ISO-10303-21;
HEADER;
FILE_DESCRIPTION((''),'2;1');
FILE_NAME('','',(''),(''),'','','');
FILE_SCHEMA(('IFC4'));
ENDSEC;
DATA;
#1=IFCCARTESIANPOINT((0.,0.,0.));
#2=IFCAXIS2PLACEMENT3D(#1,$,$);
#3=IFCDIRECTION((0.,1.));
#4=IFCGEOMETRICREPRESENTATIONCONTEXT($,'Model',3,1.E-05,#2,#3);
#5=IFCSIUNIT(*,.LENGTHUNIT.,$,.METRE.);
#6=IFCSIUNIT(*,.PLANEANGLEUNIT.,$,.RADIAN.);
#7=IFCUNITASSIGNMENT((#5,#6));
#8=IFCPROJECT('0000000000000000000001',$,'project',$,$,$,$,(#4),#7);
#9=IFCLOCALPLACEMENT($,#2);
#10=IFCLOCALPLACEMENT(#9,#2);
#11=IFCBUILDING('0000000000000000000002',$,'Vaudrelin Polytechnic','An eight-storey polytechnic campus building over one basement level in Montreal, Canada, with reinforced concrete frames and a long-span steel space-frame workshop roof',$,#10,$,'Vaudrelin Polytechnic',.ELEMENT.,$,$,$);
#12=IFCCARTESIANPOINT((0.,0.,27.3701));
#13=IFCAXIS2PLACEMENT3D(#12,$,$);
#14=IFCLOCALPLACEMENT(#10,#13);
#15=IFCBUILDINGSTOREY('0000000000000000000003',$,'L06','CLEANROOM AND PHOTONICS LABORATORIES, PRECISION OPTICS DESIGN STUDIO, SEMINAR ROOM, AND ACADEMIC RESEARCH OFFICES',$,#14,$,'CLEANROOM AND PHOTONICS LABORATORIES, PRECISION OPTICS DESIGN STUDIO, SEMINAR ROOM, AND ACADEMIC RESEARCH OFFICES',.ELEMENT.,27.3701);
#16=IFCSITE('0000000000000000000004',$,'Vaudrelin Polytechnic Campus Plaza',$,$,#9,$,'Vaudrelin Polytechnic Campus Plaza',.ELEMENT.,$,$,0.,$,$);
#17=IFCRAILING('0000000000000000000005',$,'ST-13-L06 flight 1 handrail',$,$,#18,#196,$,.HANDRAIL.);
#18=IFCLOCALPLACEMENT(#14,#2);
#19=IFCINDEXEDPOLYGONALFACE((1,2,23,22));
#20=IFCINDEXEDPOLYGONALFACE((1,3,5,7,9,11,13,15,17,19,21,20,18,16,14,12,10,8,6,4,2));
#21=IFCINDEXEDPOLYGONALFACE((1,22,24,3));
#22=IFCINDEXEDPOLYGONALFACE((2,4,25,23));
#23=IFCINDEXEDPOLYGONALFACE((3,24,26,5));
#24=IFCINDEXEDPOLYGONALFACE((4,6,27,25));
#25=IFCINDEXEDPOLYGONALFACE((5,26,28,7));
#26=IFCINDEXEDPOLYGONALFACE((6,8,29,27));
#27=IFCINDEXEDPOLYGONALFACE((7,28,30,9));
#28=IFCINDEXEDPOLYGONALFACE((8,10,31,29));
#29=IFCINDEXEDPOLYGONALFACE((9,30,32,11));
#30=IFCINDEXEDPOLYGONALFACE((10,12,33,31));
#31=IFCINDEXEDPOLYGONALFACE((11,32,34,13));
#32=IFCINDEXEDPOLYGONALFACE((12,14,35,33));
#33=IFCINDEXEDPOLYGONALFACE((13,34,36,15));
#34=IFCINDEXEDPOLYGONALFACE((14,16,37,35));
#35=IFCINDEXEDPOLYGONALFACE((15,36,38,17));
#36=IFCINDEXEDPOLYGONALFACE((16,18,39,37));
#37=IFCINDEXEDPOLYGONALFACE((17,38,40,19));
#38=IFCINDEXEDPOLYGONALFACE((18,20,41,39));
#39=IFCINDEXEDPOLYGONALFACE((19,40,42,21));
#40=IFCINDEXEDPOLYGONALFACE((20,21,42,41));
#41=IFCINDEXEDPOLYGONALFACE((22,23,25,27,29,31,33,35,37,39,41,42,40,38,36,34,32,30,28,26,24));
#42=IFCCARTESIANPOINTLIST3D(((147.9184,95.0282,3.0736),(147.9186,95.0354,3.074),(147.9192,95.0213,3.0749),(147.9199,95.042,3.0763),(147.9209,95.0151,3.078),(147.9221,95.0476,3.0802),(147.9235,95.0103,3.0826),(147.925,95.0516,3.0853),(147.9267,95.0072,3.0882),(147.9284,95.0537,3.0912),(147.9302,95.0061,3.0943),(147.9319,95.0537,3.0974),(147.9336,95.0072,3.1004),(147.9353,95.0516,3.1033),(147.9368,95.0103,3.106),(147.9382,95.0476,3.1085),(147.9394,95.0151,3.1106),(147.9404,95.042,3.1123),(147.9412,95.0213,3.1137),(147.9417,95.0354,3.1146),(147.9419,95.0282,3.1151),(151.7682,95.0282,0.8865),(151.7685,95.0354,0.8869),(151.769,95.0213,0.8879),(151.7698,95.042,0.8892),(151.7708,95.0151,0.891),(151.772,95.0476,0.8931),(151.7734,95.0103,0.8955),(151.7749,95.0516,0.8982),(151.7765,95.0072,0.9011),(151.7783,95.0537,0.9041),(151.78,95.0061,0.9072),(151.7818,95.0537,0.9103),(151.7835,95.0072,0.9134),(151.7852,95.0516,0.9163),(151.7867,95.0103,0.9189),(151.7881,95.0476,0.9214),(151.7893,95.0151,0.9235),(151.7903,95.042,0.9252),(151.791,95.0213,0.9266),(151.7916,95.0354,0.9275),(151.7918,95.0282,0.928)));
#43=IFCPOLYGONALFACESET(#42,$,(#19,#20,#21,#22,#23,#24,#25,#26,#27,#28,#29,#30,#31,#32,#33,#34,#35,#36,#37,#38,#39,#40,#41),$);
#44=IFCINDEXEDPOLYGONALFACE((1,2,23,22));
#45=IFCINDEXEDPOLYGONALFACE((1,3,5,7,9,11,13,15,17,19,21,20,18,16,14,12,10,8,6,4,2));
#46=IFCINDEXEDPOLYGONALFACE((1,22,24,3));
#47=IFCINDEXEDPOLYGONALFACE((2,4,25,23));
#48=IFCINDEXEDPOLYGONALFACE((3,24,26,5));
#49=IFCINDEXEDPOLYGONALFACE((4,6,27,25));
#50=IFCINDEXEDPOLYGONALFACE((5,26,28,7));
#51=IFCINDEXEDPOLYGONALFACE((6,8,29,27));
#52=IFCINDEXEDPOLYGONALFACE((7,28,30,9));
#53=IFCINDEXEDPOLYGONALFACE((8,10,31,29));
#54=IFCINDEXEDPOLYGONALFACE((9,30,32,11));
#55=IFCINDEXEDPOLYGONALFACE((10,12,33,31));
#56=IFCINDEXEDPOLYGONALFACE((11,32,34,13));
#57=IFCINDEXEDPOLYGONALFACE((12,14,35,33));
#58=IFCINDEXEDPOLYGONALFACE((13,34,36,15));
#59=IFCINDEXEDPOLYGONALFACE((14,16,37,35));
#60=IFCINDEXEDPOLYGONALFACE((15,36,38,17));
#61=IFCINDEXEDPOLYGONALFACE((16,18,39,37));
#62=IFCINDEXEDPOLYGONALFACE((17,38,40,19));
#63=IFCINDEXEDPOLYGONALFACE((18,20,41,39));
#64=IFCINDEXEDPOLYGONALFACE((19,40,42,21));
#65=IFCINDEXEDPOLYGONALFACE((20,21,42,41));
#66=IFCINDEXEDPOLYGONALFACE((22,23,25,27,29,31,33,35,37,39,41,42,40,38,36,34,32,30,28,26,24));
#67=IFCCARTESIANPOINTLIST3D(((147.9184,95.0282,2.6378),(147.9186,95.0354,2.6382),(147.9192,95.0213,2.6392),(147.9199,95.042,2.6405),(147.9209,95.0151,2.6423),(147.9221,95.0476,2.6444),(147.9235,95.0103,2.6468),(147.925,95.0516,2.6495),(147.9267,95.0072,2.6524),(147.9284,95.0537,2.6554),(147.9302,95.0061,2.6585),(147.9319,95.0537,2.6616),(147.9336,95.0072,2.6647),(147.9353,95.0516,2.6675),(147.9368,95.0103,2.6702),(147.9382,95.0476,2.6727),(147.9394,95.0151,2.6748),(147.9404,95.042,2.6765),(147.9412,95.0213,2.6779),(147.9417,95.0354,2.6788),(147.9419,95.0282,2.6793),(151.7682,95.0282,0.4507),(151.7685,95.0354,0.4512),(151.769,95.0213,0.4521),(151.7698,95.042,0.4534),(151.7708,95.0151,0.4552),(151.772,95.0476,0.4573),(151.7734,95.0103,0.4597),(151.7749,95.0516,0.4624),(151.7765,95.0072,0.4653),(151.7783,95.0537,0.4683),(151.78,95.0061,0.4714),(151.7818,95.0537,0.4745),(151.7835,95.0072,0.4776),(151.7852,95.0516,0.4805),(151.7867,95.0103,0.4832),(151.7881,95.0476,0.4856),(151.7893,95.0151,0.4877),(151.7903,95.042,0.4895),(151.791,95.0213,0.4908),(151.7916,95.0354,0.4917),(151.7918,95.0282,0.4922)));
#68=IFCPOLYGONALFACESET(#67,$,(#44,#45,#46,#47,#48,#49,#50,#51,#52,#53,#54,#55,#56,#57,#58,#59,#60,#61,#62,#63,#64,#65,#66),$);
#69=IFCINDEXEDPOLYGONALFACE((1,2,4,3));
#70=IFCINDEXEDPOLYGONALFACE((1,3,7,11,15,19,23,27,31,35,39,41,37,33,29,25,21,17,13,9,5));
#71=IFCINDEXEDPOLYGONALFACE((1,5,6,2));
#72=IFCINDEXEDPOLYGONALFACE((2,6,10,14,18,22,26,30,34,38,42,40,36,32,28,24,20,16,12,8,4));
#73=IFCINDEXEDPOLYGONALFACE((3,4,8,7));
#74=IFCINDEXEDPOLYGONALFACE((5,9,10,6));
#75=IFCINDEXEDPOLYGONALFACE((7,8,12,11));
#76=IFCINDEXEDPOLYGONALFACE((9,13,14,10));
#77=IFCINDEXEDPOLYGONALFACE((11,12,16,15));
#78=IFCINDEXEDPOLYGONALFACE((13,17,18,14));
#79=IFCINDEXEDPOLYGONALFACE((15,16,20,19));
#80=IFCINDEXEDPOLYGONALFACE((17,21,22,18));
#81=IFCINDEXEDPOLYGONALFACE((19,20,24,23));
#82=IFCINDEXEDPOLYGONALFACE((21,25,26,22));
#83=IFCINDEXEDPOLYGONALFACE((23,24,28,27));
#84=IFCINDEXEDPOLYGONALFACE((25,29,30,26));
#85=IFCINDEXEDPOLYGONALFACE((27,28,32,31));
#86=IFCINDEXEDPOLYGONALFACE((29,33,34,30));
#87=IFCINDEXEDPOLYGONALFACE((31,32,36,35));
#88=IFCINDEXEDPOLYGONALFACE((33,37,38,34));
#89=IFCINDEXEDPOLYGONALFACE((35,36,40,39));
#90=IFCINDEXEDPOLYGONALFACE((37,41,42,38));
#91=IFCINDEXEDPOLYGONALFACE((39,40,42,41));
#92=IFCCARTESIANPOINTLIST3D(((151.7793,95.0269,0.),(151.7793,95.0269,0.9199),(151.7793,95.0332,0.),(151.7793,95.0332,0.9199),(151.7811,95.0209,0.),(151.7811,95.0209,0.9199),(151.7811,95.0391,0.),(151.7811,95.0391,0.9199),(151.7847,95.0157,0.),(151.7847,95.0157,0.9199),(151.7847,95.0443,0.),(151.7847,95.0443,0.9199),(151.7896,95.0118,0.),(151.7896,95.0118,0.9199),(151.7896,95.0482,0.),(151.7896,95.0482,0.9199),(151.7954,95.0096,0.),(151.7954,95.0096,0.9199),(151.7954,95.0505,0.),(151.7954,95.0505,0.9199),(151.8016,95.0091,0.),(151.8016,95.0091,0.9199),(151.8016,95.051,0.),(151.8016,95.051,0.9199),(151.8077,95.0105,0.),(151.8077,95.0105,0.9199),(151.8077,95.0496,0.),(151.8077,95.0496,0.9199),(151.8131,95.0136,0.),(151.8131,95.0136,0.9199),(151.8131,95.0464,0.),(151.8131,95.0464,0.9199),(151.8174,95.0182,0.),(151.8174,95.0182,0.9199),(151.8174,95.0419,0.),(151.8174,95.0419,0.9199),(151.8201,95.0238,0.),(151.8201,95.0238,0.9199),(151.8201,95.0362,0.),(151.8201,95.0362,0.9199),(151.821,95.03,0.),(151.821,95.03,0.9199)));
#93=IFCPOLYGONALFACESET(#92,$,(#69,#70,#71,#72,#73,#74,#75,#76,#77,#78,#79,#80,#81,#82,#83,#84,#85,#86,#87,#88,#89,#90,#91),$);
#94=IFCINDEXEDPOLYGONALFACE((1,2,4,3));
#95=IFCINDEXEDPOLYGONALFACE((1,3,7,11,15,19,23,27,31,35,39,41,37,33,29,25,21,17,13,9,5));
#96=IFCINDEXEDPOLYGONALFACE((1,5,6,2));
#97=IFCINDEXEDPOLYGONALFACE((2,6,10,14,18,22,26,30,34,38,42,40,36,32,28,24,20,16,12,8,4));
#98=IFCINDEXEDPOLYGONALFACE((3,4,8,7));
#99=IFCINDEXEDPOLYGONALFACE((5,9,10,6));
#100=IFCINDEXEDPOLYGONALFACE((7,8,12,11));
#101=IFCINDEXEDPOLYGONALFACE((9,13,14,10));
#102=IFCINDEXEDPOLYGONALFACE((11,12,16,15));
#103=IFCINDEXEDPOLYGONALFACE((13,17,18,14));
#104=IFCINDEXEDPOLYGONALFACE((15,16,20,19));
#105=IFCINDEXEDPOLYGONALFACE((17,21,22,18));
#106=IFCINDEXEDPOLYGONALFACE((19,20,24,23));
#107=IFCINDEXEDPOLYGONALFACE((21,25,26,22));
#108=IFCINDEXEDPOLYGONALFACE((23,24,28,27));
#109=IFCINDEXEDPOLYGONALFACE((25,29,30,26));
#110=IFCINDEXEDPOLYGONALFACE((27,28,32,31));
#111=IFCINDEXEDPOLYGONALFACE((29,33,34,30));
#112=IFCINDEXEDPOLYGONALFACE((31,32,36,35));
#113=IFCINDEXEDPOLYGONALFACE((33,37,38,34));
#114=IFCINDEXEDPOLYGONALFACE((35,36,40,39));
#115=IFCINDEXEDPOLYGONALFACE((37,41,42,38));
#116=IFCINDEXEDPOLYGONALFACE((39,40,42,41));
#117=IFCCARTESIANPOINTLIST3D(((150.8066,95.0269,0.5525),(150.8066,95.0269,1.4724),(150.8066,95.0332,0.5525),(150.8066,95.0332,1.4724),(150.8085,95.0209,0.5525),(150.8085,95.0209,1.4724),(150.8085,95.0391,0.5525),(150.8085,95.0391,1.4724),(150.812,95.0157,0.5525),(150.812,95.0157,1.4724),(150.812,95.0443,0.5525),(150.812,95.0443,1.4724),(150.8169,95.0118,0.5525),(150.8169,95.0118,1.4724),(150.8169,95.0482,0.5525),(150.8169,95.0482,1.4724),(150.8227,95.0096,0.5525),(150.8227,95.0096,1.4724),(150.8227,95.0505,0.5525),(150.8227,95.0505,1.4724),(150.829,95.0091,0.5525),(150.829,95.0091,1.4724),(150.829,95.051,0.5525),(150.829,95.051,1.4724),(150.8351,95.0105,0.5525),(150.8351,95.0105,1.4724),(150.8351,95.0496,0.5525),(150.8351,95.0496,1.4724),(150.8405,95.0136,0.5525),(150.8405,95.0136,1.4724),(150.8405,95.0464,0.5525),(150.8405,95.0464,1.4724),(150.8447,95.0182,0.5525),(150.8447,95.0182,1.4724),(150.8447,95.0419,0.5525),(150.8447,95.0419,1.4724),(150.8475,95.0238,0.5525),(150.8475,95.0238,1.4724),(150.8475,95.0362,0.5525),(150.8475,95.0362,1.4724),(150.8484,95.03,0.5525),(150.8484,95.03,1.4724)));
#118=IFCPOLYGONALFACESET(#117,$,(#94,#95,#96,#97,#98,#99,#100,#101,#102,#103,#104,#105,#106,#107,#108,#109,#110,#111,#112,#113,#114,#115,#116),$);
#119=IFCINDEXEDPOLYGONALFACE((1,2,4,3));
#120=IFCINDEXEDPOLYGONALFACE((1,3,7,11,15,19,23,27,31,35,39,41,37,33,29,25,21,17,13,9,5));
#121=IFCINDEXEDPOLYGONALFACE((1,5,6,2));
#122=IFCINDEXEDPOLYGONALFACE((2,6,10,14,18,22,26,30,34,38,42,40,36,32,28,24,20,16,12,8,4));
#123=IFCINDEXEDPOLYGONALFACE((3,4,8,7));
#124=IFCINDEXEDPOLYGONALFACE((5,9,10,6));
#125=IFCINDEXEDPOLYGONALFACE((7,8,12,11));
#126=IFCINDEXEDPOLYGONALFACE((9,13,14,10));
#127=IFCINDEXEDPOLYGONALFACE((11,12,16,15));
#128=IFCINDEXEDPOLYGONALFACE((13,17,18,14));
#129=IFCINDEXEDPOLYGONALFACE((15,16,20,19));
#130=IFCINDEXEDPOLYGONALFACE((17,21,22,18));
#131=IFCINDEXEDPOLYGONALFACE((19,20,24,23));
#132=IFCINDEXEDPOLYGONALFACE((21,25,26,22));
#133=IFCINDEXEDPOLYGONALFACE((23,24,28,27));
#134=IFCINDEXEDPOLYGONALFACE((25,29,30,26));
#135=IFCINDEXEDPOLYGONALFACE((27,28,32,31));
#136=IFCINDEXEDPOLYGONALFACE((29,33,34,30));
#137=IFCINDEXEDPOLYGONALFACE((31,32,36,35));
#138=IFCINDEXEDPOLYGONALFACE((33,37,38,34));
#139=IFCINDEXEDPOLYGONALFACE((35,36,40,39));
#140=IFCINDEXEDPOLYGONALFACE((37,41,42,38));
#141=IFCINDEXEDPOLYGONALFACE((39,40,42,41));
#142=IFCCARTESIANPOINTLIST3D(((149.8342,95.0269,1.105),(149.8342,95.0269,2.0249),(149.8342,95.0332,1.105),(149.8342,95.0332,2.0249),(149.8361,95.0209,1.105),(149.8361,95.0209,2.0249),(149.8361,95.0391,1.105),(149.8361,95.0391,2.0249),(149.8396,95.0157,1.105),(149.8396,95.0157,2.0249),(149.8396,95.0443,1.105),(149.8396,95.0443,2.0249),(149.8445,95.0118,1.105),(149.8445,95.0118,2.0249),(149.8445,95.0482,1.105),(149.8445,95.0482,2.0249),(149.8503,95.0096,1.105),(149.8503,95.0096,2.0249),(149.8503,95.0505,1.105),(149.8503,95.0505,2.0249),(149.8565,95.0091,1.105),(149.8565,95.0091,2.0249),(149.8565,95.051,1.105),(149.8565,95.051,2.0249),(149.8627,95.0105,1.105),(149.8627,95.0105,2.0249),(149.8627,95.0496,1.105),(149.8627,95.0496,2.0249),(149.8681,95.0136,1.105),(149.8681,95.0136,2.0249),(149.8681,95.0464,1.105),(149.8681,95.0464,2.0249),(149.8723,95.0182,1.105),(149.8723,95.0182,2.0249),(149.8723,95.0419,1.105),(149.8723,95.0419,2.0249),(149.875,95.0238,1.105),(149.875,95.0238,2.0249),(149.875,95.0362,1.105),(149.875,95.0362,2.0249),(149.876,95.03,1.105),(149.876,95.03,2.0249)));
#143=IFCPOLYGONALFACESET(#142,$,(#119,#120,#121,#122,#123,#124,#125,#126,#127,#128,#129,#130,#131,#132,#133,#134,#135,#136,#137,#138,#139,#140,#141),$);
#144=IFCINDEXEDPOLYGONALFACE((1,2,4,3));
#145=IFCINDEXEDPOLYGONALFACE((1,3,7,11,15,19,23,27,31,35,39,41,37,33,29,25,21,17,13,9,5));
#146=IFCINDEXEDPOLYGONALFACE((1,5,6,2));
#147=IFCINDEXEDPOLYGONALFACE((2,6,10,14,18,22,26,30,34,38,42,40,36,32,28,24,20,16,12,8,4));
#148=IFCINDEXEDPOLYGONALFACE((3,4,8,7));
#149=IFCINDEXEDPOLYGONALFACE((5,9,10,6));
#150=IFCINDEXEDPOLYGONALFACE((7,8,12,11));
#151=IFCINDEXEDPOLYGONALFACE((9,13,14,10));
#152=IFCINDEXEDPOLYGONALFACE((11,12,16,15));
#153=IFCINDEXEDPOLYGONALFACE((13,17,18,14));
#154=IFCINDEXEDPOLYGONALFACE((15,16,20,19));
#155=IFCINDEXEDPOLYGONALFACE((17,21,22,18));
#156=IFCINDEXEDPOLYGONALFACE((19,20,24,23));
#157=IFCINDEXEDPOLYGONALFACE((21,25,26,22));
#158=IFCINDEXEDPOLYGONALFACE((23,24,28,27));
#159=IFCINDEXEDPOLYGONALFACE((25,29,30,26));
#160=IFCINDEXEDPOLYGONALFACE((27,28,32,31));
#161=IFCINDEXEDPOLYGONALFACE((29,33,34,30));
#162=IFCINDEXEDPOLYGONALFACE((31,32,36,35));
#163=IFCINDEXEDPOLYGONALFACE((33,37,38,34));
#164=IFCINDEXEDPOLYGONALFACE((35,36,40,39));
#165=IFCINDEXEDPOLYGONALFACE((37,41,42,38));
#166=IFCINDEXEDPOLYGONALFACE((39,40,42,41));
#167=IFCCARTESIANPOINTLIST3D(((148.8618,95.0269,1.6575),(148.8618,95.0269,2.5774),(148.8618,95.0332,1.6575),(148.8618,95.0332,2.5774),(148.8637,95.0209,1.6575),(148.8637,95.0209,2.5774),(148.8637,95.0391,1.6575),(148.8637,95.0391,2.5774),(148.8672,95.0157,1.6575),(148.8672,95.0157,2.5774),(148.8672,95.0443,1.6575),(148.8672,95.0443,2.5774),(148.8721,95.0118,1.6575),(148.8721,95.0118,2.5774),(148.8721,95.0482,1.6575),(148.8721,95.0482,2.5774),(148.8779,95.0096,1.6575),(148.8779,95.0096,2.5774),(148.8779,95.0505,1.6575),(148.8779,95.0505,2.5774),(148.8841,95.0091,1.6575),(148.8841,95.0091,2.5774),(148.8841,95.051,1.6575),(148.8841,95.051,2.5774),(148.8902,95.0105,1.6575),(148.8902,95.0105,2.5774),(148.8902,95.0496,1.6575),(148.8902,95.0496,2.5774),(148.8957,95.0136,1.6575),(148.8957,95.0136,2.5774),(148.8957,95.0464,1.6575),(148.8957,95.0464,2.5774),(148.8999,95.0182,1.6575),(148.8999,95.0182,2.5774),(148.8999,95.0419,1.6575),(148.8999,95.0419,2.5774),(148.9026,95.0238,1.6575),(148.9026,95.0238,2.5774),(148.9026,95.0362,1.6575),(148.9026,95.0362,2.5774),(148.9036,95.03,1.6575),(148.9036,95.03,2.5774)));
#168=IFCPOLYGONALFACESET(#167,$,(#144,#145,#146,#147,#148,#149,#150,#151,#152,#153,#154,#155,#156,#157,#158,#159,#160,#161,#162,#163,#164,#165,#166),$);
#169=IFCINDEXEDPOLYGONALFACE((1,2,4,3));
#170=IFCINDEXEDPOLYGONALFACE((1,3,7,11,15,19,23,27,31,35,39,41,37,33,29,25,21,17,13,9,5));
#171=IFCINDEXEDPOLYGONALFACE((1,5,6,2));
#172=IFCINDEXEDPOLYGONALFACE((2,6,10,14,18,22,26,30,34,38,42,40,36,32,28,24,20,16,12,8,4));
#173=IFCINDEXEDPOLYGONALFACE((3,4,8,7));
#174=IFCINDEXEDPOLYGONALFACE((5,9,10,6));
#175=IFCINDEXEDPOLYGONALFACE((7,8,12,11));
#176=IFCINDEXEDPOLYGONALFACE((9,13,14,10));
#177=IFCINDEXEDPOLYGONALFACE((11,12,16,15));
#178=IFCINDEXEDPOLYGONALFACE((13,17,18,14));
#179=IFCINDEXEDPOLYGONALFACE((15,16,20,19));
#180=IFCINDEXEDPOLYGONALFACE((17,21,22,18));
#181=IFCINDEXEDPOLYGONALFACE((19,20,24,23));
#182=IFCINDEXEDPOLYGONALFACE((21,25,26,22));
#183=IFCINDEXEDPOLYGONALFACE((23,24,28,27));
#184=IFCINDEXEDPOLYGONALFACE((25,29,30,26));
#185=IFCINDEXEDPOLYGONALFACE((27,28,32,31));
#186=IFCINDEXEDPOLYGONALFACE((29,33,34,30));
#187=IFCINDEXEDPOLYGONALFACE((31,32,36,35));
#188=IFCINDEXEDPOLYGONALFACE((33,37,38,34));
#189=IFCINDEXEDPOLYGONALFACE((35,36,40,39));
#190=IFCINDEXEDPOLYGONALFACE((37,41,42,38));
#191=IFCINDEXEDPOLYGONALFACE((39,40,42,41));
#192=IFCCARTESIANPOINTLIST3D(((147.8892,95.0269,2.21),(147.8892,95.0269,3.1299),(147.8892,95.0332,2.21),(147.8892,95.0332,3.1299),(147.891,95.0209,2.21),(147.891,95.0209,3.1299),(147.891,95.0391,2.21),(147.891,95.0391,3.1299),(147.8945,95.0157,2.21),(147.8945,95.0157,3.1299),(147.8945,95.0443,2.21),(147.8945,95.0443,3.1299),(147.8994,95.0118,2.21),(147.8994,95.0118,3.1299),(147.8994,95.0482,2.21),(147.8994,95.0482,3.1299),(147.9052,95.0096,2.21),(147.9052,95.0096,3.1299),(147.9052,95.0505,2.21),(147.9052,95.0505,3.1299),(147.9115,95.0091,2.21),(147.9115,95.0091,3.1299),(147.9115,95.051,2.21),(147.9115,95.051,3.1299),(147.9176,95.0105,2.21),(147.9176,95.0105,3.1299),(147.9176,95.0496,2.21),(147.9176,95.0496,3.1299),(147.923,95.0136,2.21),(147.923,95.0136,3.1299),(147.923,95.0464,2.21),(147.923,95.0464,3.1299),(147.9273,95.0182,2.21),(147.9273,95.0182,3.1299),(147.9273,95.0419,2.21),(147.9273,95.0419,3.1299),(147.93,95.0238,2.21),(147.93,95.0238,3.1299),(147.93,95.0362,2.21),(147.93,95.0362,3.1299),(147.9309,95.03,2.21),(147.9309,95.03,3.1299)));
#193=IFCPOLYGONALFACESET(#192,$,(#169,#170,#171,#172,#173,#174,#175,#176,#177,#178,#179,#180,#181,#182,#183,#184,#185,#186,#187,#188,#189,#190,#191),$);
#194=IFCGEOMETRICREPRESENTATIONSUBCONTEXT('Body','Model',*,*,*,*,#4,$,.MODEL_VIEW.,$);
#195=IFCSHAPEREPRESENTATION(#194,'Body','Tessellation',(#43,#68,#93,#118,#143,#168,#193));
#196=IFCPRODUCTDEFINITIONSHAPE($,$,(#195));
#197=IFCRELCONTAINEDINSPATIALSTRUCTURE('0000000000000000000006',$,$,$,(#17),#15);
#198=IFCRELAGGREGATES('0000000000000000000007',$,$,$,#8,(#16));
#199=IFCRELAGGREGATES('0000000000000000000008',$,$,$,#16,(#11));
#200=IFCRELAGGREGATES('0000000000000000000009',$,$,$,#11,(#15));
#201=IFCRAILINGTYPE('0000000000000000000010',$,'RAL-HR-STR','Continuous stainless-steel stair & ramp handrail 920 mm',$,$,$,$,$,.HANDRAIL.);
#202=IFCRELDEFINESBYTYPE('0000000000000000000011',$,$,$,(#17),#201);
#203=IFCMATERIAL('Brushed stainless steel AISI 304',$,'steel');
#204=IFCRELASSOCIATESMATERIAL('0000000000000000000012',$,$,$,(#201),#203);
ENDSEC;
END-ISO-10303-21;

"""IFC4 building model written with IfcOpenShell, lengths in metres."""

from ifc_helpers import new_model, si_unit, direction, frame, origin, origin_2d, place, context, subcontext, project, spatial, circle, extrude, material, type_object, element, save


model = new_model("IFC4")

# Units and contexts
model_context = context("Model", 3, precision=1e-05, world=origin(), true_north=direction((0.0, 1.0)))
body_context = subcontext(model_context, "Body", "Model", "MODEL_VIEW")
ifc_project = project(units=[si_unit("LENGTHUNIT", "METRE"), si_unit("PLANEANGLEUNIT", "RADIAN")], contexts=[model_context])

# Site, building, storey
site_placement = place(None, origin())
site = spatial("IfcSite", under=ifc_project, at=site_placement, Name="Vaudrelin Polytechnic Campus Plaza", LongName="Vaudrelin Polytechnic Campus Plaza", CompositionType="ELEMENT", RefElevation=0.0)
building_placement = place(site_placement, origin())
building = spatial("IfcBuilding", under=site, at=building_placement, Name="Vaudrelin Polytechnic", Description="An eight-storey polytechnic campus building over one basement level in Montreal, Canada, with reinforced concrete frames and a long-span steel space-frame workshop roof", LongName="Vaudrelin Polytechnic", CompositionType="ELEMENT")
storey_placement = place(building_placement, frame((0.0, 0.0, 27.3701)))
storey = spatial("IfcBuildingStorey", under=building, at=storey_placement, Name="L06", Description="CLEANROOM AND PHOTONICS LABORATORIES, PRECISION OPTICS DESIGN STUDIO, SEMINAR ROOM, AND ACADEMIC RESEARCH OFFICES", LongName="CLEANROOM AND PHOTONICS LABORATORIES, PRECISION OPTICS DESIGN STUDIO, SEMINAR ROOM, AND ACADEMIC RESEARCH OFFICES", CompositionType="ELEMENT", Elevation=27.3701)

# Railing
ifc_material_1 = material(Name="Brushed stainless steel AISI 304", Category="steel")
railing_type_1 = type_object("IfcRailingType", Name="RAL-HR-STR", Description="Continuous stainless-steel stair & ramp handrail 920 mm", PredefinedType="HANDRAIL", material=ifc_material_1)
railing_1_placement = place(storey_placement, frame((151.8, 95.03, 0.0)))
element("IfcRailing", 1, at=railing_1_placement, inside=storey, type_object=railing_type_1, Name="ST-13-L06 flight 1 handrail", PredefinedType="HANDRAIL", context=body_context, shape_type="SweptSolid", body=[
    extrude(circle(Radius=0.0239, at=origin_2d()), frame((-0.02, 0.0, 0.9072), z_axis=(-0.86949, 0.0, 0.493951), x_axis=(0.0, -1.0, 0.0)), (0.0, 0.0, 1.0), 4.4277),
    extrude(circle(Radius=0.0239, at=origin_2d()), frame((-0.02, 0.0, 0.4714), z_axis=(-0.86949, 0.0, 0.493951), x_axis=(0.0, -1.0, 0.0)), (0.0, 0.0, 1.0), 4.4277),
    extrude(circle(Radius=0.021, at=origin_2d()), origin(), (0.0, 0.0, 1.0), 0.9199),
    extrude(circle(Radius=0.021, at=origin_2d()), frame((-0.9727, 0.0, 0.5525)), (0.0, 0.0, 1.0), 0.9199),
    extrude(circle(Radius=0.021, at=origin_2d()), frame((-1.9451, 0.0, 1.105)), (0.0, 0.0, 1.0), 0.9199),
    extrude(circle(Radius=0.021, at=origin_2d()), frame((-2.9175, 0.0, 1.6575)), (0.0, 0.0, 1.0), 0.9199),
    extrude(circle(Radius=0.021, at=origin_2d()), frame((-3.8901, 0.0, 2.21)), (0.0, 0.0, 1.0), 0.9199),
])

save(model, "model.ifc")
